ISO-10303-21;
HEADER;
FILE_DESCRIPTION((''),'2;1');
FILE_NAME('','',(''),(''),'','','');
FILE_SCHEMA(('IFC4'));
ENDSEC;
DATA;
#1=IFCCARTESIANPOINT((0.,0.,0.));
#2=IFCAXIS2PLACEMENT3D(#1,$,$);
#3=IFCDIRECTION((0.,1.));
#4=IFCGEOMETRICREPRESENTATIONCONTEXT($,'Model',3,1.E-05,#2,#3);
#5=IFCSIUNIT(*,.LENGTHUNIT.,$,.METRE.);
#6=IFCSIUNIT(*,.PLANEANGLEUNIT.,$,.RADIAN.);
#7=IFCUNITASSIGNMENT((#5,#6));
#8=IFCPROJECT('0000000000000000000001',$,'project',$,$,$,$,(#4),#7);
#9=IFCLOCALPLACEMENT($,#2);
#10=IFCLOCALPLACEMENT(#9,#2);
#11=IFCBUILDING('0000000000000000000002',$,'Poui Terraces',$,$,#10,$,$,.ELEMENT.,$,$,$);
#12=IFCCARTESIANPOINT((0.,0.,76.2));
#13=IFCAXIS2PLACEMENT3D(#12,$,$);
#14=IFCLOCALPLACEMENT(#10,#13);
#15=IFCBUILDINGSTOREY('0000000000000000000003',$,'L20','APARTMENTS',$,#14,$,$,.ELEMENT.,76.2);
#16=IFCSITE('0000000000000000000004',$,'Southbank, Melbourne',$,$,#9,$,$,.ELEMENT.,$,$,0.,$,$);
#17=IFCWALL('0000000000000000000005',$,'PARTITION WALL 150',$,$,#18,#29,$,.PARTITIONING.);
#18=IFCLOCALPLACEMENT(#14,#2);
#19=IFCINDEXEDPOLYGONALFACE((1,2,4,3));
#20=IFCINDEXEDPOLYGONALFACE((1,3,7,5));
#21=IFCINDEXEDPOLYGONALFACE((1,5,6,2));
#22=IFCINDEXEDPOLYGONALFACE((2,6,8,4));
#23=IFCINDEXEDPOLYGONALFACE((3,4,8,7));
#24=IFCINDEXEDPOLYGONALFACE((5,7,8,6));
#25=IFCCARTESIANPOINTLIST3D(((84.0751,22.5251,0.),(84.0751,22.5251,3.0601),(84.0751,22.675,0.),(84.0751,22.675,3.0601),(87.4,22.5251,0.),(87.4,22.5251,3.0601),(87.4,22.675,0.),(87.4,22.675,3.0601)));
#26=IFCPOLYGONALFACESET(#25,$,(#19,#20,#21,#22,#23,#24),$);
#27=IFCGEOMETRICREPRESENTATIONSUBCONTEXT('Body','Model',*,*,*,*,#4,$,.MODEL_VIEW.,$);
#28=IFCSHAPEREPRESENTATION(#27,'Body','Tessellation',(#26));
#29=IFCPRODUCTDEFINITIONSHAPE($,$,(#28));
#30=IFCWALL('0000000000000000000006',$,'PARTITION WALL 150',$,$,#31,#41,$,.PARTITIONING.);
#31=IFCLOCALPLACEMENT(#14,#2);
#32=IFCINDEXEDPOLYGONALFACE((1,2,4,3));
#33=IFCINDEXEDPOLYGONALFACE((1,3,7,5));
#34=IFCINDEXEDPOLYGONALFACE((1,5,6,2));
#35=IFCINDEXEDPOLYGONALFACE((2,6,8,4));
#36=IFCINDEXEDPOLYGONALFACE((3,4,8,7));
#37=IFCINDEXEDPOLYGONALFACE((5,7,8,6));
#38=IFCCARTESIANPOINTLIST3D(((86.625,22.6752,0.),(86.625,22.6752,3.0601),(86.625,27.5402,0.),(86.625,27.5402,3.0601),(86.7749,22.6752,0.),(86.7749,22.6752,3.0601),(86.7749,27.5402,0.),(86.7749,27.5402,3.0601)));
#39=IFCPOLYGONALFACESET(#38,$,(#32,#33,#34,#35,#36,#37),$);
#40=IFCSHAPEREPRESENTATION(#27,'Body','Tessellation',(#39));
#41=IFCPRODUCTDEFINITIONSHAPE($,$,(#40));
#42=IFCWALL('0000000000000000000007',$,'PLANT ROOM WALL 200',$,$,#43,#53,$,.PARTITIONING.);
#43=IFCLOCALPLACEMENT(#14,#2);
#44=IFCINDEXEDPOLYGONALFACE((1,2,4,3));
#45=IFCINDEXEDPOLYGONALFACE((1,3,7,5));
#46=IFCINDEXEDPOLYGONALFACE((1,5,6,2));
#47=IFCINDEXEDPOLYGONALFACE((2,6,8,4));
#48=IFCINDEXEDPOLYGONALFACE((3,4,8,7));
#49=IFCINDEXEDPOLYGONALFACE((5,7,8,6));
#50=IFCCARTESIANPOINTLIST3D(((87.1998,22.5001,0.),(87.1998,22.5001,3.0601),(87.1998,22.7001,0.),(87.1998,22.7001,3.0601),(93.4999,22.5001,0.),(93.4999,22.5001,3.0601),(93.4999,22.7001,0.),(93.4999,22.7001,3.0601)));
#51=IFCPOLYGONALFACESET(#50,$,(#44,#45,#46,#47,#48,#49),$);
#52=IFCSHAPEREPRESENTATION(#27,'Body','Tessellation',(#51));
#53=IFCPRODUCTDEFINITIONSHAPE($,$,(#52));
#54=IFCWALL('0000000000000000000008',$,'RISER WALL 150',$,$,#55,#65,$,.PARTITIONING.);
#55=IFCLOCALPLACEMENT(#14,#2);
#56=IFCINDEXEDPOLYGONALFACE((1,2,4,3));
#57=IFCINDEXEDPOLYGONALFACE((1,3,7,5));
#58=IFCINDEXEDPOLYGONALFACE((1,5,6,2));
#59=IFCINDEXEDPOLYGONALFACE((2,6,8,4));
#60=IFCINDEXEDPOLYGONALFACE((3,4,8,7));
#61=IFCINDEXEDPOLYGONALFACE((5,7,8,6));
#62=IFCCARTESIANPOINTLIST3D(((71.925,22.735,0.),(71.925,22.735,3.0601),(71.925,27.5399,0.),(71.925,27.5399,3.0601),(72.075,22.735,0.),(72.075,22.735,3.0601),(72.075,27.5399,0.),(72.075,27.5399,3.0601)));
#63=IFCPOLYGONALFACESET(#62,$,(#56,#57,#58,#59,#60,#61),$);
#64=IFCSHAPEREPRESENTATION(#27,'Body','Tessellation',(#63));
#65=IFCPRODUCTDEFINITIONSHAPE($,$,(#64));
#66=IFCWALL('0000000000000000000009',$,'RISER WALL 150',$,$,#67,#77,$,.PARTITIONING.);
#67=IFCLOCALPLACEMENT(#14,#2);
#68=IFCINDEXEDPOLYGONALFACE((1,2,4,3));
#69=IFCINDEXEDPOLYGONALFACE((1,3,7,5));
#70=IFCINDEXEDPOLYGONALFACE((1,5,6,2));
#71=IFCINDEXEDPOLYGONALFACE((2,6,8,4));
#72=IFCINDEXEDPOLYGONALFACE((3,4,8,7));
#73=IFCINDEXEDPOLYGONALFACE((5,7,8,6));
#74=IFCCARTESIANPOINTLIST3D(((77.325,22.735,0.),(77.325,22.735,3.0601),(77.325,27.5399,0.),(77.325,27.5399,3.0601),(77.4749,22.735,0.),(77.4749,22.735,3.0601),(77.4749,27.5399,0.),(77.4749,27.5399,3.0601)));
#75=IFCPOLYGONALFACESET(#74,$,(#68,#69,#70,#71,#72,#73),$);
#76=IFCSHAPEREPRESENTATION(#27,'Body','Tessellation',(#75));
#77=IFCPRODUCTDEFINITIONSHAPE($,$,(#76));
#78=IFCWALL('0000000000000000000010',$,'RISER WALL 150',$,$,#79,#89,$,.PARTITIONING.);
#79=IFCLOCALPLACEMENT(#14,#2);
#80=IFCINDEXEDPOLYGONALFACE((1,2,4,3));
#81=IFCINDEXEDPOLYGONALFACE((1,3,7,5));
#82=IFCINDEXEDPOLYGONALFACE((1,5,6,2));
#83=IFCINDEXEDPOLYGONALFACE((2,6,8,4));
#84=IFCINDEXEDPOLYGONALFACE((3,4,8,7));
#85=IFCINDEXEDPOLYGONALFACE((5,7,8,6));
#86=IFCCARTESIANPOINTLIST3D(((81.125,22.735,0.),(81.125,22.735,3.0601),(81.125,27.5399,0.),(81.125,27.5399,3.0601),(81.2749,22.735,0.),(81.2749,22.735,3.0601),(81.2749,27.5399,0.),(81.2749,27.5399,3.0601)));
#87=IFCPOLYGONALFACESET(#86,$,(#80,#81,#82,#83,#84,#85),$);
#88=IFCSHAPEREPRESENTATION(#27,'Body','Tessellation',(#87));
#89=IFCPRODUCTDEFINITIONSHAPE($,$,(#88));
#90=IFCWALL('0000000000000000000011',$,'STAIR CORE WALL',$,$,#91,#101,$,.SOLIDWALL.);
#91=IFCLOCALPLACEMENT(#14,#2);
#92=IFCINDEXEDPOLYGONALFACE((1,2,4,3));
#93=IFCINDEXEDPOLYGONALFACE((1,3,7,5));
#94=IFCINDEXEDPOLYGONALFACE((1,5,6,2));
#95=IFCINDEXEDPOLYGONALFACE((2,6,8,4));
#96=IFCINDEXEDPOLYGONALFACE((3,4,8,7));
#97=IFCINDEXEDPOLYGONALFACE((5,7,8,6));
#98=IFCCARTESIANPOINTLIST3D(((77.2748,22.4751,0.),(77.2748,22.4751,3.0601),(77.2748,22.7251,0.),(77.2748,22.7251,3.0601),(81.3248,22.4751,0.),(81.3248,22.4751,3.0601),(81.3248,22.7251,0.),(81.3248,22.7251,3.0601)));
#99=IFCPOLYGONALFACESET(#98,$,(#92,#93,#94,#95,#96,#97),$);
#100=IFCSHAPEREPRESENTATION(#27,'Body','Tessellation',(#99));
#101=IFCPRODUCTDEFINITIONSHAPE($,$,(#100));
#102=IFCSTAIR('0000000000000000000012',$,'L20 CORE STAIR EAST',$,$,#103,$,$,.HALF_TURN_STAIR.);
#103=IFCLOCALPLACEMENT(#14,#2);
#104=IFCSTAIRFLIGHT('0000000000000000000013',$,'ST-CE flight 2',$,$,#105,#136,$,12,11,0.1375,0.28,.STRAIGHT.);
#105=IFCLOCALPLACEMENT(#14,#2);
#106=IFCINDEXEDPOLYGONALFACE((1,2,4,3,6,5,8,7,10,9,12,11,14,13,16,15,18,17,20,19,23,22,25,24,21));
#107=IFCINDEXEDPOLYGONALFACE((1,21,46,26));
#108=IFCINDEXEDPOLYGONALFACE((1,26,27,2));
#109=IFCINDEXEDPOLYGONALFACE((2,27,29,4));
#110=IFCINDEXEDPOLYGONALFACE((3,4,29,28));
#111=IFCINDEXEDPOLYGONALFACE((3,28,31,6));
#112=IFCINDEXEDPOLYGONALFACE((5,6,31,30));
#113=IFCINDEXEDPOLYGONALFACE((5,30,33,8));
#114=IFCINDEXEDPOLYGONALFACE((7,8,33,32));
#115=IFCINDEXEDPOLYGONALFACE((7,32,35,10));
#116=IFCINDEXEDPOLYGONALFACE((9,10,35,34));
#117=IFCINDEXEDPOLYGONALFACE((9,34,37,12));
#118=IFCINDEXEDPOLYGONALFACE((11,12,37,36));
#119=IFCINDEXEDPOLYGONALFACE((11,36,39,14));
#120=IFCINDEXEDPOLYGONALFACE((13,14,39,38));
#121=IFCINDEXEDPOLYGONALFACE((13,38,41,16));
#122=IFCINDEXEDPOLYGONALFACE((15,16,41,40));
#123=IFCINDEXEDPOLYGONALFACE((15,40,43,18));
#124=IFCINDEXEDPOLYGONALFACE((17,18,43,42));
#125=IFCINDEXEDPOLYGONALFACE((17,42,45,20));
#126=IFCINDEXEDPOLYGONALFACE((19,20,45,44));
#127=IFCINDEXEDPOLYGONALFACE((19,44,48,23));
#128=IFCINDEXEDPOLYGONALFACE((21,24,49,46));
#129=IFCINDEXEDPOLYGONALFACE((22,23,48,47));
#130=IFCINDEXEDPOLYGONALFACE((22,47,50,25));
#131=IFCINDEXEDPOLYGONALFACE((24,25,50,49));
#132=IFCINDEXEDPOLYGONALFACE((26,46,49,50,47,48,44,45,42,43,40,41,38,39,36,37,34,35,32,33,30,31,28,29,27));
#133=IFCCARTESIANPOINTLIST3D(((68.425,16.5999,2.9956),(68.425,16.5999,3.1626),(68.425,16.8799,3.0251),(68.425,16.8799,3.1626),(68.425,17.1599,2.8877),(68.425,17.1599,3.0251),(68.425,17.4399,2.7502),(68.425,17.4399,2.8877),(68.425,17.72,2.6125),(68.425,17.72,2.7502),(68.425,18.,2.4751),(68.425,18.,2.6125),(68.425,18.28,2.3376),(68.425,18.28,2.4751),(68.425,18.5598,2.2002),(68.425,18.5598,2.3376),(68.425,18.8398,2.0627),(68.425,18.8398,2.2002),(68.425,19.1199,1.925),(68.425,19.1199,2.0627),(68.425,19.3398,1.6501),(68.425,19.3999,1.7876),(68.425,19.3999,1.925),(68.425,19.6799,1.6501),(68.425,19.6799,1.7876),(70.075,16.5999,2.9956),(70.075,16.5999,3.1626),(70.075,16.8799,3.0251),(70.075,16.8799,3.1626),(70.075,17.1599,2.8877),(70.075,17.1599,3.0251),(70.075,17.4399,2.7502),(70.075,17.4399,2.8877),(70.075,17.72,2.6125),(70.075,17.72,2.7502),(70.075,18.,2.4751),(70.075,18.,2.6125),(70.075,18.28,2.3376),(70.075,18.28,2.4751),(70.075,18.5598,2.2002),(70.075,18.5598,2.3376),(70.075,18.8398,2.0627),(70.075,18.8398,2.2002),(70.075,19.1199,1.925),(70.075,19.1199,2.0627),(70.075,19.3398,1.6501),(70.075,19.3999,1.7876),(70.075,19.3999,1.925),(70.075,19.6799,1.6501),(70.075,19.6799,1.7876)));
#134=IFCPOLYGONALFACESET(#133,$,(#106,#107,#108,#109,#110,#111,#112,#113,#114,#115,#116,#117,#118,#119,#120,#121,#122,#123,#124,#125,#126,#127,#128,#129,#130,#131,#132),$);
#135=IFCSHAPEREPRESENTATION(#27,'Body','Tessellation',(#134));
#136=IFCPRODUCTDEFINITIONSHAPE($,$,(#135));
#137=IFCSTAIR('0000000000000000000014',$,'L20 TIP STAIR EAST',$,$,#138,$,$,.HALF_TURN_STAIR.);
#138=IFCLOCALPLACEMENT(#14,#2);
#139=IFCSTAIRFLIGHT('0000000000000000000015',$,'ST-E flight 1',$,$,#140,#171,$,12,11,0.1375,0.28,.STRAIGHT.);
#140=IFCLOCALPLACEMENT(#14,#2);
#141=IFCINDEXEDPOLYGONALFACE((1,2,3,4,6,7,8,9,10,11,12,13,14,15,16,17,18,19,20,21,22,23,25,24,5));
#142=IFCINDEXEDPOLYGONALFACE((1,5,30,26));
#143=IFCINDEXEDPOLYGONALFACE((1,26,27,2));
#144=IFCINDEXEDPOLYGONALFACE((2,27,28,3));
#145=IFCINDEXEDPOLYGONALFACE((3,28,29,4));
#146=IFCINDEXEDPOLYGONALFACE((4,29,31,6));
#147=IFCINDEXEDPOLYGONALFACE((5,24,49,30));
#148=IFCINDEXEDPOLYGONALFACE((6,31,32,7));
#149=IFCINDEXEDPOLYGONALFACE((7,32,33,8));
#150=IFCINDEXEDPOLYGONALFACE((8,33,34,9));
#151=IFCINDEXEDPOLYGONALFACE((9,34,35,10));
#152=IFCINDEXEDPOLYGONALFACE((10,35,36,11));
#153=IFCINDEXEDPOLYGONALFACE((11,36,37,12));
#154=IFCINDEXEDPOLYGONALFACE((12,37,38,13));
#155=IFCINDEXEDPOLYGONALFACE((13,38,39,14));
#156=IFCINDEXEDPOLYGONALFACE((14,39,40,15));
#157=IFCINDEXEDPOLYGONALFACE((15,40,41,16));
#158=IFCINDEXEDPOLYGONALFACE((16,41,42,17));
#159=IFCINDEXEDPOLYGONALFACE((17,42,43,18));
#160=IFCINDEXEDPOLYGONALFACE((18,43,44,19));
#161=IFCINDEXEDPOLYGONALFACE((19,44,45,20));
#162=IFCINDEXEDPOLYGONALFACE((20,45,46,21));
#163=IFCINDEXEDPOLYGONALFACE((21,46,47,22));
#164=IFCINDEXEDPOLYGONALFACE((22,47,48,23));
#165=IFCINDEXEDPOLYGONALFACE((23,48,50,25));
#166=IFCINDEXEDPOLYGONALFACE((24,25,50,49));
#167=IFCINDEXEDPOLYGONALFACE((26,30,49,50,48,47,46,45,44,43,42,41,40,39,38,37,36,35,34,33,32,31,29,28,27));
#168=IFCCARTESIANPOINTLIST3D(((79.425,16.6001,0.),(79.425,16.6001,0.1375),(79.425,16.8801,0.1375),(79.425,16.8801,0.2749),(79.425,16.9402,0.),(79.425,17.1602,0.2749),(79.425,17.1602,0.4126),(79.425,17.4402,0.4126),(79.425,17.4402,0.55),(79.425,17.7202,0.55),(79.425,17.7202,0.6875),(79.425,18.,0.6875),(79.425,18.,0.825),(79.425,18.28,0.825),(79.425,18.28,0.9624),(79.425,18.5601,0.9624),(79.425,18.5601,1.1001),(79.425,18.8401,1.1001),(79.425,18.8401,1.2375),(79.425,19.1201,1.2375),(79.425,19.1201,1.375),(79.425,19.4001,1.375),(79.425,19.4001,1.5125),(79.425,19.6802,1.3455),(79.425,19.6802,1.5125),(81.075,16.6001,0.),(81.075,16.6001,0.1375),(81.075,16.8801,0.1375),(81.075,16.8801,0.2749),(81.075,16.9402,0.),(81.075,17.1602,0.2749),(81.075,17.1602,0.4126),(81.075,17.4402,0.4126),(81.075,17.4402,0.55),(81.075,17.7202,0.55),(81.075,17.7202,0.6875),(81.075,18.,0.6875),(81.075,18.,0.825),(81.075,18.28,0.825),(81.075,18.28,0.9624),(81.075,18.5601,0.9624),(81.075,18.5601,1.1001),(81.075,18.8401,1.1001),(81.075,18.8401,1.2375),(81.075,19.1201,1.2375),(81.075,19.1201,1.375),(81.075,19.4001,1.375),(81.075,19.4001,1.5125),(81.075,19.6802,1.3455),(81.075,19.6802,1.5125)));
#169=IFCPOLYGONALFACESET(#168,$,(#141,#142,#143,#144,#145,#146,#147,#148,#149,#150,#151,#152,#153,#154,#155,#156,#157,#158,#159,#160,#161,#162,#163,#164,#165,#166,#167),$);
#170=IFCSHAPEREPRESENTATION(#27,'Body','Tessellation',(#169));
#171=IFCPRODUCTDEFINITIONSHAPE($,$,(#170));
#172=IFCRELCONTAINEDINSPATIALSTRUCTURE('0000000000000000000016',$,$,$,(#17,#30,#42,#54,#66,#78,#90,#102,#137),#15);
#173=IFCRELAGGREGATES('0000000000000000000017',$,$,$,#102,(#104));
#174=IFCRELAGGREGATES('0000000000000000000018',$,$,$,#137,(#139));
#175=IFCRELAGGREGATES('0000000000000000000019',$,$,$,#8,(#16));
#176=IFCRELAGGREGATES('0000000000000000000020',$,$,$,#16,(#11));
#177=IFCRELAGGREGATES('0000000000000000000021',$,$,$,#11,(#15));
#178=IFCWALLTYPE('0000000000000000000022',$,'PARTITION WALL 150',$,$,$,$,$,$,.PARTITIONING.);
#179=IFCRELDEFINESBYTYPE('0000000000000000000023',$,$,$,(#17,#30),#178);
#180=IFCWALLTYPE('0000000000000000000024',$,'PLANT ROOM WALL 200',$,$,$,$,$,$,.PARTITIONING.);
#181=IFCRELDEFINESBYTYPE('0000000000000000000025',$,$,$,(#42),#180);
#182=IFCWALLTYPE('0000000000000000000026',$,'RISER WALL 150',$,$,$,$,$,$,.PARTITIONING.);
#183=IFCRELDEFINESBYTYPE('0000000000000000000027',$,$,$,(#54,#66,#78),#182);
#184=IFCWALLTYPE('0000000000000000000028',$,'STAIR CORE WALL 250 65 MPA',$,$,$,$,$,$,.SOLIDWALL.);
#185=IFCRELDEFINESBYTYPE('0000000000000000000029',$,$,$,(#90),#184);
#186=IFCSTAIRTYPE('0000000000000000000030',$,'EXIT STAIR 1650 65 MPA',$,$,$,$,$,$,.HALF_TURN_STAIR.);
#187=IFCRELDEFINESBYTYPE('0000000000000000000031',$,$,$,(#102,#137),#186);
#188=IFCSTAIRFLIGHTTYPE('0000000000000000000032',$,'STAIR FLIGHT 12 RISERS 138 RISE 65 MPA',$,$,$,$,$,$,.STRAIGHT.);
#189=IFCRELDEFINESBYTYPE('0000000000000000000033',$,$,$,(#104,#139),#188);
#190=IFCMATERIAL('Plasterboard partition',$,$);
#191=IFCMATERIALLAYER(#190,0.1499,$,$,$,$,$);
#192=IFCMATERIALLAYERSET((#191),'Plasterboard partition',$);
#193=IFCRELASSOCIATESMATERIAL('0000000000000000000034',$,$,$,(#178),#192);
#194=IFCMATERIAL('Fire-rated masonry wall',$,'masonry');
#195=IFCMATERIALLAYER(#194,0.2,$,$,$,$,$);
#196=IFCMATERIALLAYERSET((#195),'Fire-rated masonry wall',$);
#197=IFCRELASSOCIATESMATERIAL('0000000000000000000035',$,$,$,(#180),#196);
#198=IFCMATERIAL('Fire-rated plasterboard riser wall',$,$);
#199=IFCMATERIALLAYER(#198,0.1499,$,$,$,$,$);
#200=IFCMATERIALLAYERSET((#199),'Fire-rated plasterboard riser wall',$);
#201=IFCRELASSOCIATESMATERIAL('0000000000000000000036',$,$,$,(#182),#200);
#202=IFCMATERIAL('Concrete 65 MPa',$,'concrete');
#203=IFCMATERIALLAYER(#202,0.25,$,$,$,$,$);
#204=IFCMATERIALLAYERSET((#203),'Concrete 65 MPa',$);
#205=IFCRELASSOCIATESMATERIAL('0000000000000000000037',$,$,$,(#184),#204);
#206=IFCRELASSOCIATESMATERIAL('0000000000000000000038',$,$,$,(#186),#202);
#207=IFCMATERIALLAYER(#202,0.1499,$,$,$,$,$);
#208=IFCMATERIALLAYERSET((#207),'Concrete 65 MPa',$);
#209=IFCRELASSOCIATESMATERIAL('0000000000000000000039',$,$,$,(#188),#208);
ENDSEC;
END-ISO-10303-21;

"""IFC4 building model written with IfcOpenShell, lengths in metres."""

from ifc_helpers import new_model, si_unit, direction, frame, frame_2d, origin, place, context, subcontext, project, spatial, polyline, rectangle, outline, extrude, material, layer, layer_set, type_object, element, aggregate, save


model = new_model("IFC4")

# Units and contexts
model_context = context("Model", 3, precision=1e-05, world=origin(), true_north=direction((0.0, 1.0)))
body_context = subcontext(model_context, "Body", "Model", "MODEL_VIEW")
ifc_project = project(units=[si_unit("LENGTHUNIT", "METRE"), si_unit("PLANEANGLEUNIT", "RADIAN")], contexts=[model_context])

# Site, building, storey
site_placement = place(None, origin())
site = spatial("IfcSite", under=ifc_project, at=site_placement, Name="Southbank, Melbourne", CompositionType="ELEMENT", RefElevation=0.0)
building_placement = place(site_placement, origin())
building = spatial("IfcBuilding", under=site, at=building_placement, Name="Poui Terraces", CompositionType="ELEMENT")
storey_placement = place(building_placement, frame((0.0, 0.0, 76.2)))
storey = spatial("IfcBuildingStorey", under=building, at=storey_placement, Name="L20", Description="APARTMENTS", CompositionType="ELEMENT", Elevation=76.2)

# Shared definitions
ifc_material_1 = material(Name="Concrete 65 MPa", Category="concrete")

# Walls
ifc_material_2 = material(Name="Plasterboard partition")
ifc_layer_1 = layer(ifc_material_2, 0.1499)
ifc_layer_set_1 = layer_set([ifc_layer_1], Name="Plasterboard partition")
wall_type_1 = type_object("IfcWallType", Name="PARTITION WALL 150", PredefinedType="PARTITIONING", material=ifc_layer_set_1)
wall_1_placement = place(storey_placement, frame((84.075, 22.6001, 0.0), z_axis=(0.0, 0.0, 1.0), x_axis=(1.0, 0.0, 0.0)))
element("IfcWall", 1, at=wall_1_placement, inside=storey, type_object=wall_type_1, Name="PARTITION WALL 150", PredefinedType="PARTITIONING", context=body_context, shape_type="SweptSolid", body=[
    extrude(rectangle(XDim=3.325, YDim=0.1499, at=frame_2d((1.6626, 0.0))), origin(), (0.0, 0.0, 1.0), 3.0601),
])
wall_2_placement = place(storey_placement, frame((86.7, 22.675, 0.0), z_axis=(0.0, 0.0, 1.0), x_axis=(0.0, 1.0, 0.0)))
element("IfcWall", 2, at=wall_2_placement, inside=storey, type_object=wall_type_1, Name="PARTITION WALL 150", PredefinedType="PARTITIONING", context=body_context, shape_type="SweptSolid", body=[
    extrude(rectangle(XDim=4.865, YDim=0.1499, at=frame_2d((2.4326, 0.0))), origin(), (0.0, 0.0, 1.0), 3.0601),
])
ifc_material_3 = material(Name="Fire-rated masonry wall", Category="masonry")
ifc_layer_2 = layer(ifc_material_3, 0.2)
ifc_layer_set_2 = layer_set([ifc_layer_2], Name="Fire-rated masonry wall")
wall_type_2 = type_object("IfcWallType", Name="PLANT ROOM WALL 200", PredefinedType="PARTITIONING", material=ifc_layer_set_2)
wall_3_placement = place(storey_placement, frame((87.2, 22.6001, 0.0), z_axis=(0.0, 0.0, 1.0), x_axis=(1.0, 0.0, 0.0)))
element("IfcWall", 3, at=wall_3_placement, inside=storey, type_object=wall_type_2, Name="PLANT ROOM WALL 200", PredefinedType="PARTITIONING", context=body_context, shape_type="SweptSolid", body=[
    extrude(rectangle(XDim=6.3, YDim=0.2, at=frame_2d((3.1499, 0.0))), origin(), (0.0, 0.0, 1.0), 3.0601),
])
ifc_material_4 = material(Name="Fire-rated plasterboard riser wall")
ifc_layer_3 = layer(ifc_material_4, 0.1499)
ifc_layer_set_3 = layer_set([ifc_layer_3], Name="Fire-rated plasterboard riser wall")
wall_type_3 = type_object("IfcWallType", Name="RISER WALL 150", PredefinedType="PARTITIONING", material=ifc_layer_set_3)
for number, where, z_axis, x_axis, name in (
    (4, (72.0, 22.7351, 0.0), (0.0, 0.0, 1.0), (0.0, 1.0, 0.0), "RISER WALL 150"),
    (5, (77.3999, 22.7351, 0.0), (0.0, 0.0, 1.0), (0.0, 1.0, 0.0), "RISER WALL 150"),
    (6, (81.2, 22.7351, 0.0), (0.0, 0.0, 1.0), (0.0, 1.0, 0.0), "RISER WALL 150"),
):
    element("IfcWall", number, at=place(storey_placement, frame(where, z_axis=z_axis, x_axis=x_axis)), inside=storey, type_object=wall_type_3, Name=name, PredefinedType="PARTITIONING", context=body_context, shape_type="SweptSolid", body=[
        extrude(rectangle(XDim=4.8049, YDim=0.1499, at=frame_2d((2.4023, 0.0))), origin(), (0.0, 0.0, 1.0), 3.0601),
    ])
ifc_layer_4 = layer(ifc_material_1, 0.25)
ifc_layer_set_4 = layer_set([ifc_layer_4], Name="Concrete 65 MPa")
wall_type_4 = type_object("IfcWallType", Name="STAIR CORE WALL 250 65 MPA", PredefinedType="SOLIDWALL", material=ifc_layer_set_4)
wall_4_placement = place(storey_placement, frame((77.2749, 22.6001, 0.0), z_axis=(0.0, 0.0, 1.0), x_axis=(1.0, 0.0, 0.0)))
element("IfcWall", 7, at=wall_4_placement, inside=storey, type_object=wall_type_4, Name="STAIR CORE WALL", PredefinedType="SOLIDWALL", context=body_context, shape_type="SweptSolid", body=[
    extrude(rectangle(XDim=4.05, YDim=0.25, at=frame_2d((2.0249, 0.0))), origin(), (0.0, 0.0, 1.0), 3.0601),
])

# Stair, stair flight
stair_type = type_object("IfcStairType", Name="EXIT STAIR 1650 65 MPA", PredefinedType="HALF_TURN_STAIR", material=ifc_material_1)
stair_1_placement = place(storey_placement, origin())
stair_1 = element("IfcStair", 8, at=stair_1_placement, inside=storey, type_object=stair_type, Name="L20 CORE STAIR EAST", PredefinedType="HALF_TURN_STAIR")
ifc_layer_5 = layer(ifc_material_1, 0.1499)
ifc_layer_set_5 = layer_set([ifc_layer_5], Name="Concrete 65 MPa")
stair_flight_type = type_object("IfcStairFlightType", Name="STAIR FLIGHT 12 RISERS 138 RISE 65 MPA", PredefinedType="STRAIGHT", material=ifc_layer_set_5)
stair_flight_1_placement = place(storey_placement, frame((69.25, 19.6799, 1.6501), z_axis=(0.0, 0.0, 1.0), x_axis=(0.0, -1.0, 0.0)))
stair_flight_1 = element("IfcStairFlight", 9, at=stair_flight_1_placement, type_object=stair_flight_type, Name="ST-CE flight 2", NumberOfRisers=12, NumberOfTreads=11, PredefinedType="STRAIGHT", RiserHeight=0.1375, TreadLength=0.28, context=body_context, shape_type="SweptSolid", body=[
    extrude(outline(polyline([(0.0, 0.0), (0.0, 0.1375), (0.28, 0.1375), (0.28, 0.2749), (0.5601, 0.2749), (0.5601, 0.4126), (0.8401, 0.4126), (0.8401, 0.55), (1.1201, 0.55), (1.1201, 0.6875), (1.3999, 0.6875), (1.3999, 0.825), (1.6799, 0.825), (1.6799, 0.9624), (1.96, 0.9624), (1.96, 1.1001), (2.24, 1.1001), (2.24, 1.2375), (2.52, 1.2375), (2.52, 1.375), (2.8, 1.375), (2.8, 1.5125), (3.0801, 1.5125), (3.0801, 1.6499), (3.0801, 1.3455), (0.3401, 0.0), (0.0, 0.0)])), frame((0.0, 0.825, 0.0), z_axis=(0.0, -1.0, 0.0), x_axis=(1.0, 0.0, 0.0)), (0.0, 0.0, 1.0), 1.6499),
])
aggregate(stair_1, [stair_flight_1])

# Stair, stair flight
stair_2_placement = place(storey_placement, origin())
stair_2 = element("IfcStair", 10, at=stair_2_placement, inside=storey, type_object=stair_type, Name="L20 TIP STAIR EAST", PredefinedType="HALF_TURN_STAIR")
stair_flight_2_placement = place(storey_placement, frame((80.25, 16.6001, 0.0), z_axis=(0.0, 0.0, 1.0), x_axis=(0.0, 1.0, 0.0)))
stair_flight_2 = element("IfcStairFlight", 11, at=stair_flight_2_placement, type_object=stair_flight_type, Name="ST-E flight 1", NumberOfRisers=12, NumberOfTreads=11, PredefinedType="STRAIGHT", RiserHeight=0.1375, TreadLength=0.28, context=body_context, shape_type="SweptSolid", body=[
    extrude(outline(polyline([(0.0, 0.0), (0.0, 0.1375), (0.28, 0.1375), (0.28, 0.2749), (0.5601, 0.2749), (0.5601, 0.4126), (0.8401, 0.4126), (0.8401, 0.55), (1.1201, 0.55), (1.1201, 0.6875), (1.3999, 0.6875), (1.3999, 0.825), (1.6799, 0.825), (1.6799, 0.9624), (1.96, 0.9624), (1.96, 1.1001), (2.24, 1.1001), (2.24, 1.2375), (2.52, 1.2375), (2.52, 1.375), (2.8, 1.375), (2.8, 1.5125), (3.0801, 1.5125), (3.0801, 1.6499), (3.0801, 1.3455), (0.3401, 0.0), (0.0, 0.0)])), frame((0.0, 0.825, 0.0), z_axis=(0.0, -1.0, 0.0), x_axis=(1.0, 0.0, 0.0)), (0.0, 0.0, 1.0), 1.6499),
])
aggregate(stair_2, [stair_flight_2])

save(model, "model.ifc")
